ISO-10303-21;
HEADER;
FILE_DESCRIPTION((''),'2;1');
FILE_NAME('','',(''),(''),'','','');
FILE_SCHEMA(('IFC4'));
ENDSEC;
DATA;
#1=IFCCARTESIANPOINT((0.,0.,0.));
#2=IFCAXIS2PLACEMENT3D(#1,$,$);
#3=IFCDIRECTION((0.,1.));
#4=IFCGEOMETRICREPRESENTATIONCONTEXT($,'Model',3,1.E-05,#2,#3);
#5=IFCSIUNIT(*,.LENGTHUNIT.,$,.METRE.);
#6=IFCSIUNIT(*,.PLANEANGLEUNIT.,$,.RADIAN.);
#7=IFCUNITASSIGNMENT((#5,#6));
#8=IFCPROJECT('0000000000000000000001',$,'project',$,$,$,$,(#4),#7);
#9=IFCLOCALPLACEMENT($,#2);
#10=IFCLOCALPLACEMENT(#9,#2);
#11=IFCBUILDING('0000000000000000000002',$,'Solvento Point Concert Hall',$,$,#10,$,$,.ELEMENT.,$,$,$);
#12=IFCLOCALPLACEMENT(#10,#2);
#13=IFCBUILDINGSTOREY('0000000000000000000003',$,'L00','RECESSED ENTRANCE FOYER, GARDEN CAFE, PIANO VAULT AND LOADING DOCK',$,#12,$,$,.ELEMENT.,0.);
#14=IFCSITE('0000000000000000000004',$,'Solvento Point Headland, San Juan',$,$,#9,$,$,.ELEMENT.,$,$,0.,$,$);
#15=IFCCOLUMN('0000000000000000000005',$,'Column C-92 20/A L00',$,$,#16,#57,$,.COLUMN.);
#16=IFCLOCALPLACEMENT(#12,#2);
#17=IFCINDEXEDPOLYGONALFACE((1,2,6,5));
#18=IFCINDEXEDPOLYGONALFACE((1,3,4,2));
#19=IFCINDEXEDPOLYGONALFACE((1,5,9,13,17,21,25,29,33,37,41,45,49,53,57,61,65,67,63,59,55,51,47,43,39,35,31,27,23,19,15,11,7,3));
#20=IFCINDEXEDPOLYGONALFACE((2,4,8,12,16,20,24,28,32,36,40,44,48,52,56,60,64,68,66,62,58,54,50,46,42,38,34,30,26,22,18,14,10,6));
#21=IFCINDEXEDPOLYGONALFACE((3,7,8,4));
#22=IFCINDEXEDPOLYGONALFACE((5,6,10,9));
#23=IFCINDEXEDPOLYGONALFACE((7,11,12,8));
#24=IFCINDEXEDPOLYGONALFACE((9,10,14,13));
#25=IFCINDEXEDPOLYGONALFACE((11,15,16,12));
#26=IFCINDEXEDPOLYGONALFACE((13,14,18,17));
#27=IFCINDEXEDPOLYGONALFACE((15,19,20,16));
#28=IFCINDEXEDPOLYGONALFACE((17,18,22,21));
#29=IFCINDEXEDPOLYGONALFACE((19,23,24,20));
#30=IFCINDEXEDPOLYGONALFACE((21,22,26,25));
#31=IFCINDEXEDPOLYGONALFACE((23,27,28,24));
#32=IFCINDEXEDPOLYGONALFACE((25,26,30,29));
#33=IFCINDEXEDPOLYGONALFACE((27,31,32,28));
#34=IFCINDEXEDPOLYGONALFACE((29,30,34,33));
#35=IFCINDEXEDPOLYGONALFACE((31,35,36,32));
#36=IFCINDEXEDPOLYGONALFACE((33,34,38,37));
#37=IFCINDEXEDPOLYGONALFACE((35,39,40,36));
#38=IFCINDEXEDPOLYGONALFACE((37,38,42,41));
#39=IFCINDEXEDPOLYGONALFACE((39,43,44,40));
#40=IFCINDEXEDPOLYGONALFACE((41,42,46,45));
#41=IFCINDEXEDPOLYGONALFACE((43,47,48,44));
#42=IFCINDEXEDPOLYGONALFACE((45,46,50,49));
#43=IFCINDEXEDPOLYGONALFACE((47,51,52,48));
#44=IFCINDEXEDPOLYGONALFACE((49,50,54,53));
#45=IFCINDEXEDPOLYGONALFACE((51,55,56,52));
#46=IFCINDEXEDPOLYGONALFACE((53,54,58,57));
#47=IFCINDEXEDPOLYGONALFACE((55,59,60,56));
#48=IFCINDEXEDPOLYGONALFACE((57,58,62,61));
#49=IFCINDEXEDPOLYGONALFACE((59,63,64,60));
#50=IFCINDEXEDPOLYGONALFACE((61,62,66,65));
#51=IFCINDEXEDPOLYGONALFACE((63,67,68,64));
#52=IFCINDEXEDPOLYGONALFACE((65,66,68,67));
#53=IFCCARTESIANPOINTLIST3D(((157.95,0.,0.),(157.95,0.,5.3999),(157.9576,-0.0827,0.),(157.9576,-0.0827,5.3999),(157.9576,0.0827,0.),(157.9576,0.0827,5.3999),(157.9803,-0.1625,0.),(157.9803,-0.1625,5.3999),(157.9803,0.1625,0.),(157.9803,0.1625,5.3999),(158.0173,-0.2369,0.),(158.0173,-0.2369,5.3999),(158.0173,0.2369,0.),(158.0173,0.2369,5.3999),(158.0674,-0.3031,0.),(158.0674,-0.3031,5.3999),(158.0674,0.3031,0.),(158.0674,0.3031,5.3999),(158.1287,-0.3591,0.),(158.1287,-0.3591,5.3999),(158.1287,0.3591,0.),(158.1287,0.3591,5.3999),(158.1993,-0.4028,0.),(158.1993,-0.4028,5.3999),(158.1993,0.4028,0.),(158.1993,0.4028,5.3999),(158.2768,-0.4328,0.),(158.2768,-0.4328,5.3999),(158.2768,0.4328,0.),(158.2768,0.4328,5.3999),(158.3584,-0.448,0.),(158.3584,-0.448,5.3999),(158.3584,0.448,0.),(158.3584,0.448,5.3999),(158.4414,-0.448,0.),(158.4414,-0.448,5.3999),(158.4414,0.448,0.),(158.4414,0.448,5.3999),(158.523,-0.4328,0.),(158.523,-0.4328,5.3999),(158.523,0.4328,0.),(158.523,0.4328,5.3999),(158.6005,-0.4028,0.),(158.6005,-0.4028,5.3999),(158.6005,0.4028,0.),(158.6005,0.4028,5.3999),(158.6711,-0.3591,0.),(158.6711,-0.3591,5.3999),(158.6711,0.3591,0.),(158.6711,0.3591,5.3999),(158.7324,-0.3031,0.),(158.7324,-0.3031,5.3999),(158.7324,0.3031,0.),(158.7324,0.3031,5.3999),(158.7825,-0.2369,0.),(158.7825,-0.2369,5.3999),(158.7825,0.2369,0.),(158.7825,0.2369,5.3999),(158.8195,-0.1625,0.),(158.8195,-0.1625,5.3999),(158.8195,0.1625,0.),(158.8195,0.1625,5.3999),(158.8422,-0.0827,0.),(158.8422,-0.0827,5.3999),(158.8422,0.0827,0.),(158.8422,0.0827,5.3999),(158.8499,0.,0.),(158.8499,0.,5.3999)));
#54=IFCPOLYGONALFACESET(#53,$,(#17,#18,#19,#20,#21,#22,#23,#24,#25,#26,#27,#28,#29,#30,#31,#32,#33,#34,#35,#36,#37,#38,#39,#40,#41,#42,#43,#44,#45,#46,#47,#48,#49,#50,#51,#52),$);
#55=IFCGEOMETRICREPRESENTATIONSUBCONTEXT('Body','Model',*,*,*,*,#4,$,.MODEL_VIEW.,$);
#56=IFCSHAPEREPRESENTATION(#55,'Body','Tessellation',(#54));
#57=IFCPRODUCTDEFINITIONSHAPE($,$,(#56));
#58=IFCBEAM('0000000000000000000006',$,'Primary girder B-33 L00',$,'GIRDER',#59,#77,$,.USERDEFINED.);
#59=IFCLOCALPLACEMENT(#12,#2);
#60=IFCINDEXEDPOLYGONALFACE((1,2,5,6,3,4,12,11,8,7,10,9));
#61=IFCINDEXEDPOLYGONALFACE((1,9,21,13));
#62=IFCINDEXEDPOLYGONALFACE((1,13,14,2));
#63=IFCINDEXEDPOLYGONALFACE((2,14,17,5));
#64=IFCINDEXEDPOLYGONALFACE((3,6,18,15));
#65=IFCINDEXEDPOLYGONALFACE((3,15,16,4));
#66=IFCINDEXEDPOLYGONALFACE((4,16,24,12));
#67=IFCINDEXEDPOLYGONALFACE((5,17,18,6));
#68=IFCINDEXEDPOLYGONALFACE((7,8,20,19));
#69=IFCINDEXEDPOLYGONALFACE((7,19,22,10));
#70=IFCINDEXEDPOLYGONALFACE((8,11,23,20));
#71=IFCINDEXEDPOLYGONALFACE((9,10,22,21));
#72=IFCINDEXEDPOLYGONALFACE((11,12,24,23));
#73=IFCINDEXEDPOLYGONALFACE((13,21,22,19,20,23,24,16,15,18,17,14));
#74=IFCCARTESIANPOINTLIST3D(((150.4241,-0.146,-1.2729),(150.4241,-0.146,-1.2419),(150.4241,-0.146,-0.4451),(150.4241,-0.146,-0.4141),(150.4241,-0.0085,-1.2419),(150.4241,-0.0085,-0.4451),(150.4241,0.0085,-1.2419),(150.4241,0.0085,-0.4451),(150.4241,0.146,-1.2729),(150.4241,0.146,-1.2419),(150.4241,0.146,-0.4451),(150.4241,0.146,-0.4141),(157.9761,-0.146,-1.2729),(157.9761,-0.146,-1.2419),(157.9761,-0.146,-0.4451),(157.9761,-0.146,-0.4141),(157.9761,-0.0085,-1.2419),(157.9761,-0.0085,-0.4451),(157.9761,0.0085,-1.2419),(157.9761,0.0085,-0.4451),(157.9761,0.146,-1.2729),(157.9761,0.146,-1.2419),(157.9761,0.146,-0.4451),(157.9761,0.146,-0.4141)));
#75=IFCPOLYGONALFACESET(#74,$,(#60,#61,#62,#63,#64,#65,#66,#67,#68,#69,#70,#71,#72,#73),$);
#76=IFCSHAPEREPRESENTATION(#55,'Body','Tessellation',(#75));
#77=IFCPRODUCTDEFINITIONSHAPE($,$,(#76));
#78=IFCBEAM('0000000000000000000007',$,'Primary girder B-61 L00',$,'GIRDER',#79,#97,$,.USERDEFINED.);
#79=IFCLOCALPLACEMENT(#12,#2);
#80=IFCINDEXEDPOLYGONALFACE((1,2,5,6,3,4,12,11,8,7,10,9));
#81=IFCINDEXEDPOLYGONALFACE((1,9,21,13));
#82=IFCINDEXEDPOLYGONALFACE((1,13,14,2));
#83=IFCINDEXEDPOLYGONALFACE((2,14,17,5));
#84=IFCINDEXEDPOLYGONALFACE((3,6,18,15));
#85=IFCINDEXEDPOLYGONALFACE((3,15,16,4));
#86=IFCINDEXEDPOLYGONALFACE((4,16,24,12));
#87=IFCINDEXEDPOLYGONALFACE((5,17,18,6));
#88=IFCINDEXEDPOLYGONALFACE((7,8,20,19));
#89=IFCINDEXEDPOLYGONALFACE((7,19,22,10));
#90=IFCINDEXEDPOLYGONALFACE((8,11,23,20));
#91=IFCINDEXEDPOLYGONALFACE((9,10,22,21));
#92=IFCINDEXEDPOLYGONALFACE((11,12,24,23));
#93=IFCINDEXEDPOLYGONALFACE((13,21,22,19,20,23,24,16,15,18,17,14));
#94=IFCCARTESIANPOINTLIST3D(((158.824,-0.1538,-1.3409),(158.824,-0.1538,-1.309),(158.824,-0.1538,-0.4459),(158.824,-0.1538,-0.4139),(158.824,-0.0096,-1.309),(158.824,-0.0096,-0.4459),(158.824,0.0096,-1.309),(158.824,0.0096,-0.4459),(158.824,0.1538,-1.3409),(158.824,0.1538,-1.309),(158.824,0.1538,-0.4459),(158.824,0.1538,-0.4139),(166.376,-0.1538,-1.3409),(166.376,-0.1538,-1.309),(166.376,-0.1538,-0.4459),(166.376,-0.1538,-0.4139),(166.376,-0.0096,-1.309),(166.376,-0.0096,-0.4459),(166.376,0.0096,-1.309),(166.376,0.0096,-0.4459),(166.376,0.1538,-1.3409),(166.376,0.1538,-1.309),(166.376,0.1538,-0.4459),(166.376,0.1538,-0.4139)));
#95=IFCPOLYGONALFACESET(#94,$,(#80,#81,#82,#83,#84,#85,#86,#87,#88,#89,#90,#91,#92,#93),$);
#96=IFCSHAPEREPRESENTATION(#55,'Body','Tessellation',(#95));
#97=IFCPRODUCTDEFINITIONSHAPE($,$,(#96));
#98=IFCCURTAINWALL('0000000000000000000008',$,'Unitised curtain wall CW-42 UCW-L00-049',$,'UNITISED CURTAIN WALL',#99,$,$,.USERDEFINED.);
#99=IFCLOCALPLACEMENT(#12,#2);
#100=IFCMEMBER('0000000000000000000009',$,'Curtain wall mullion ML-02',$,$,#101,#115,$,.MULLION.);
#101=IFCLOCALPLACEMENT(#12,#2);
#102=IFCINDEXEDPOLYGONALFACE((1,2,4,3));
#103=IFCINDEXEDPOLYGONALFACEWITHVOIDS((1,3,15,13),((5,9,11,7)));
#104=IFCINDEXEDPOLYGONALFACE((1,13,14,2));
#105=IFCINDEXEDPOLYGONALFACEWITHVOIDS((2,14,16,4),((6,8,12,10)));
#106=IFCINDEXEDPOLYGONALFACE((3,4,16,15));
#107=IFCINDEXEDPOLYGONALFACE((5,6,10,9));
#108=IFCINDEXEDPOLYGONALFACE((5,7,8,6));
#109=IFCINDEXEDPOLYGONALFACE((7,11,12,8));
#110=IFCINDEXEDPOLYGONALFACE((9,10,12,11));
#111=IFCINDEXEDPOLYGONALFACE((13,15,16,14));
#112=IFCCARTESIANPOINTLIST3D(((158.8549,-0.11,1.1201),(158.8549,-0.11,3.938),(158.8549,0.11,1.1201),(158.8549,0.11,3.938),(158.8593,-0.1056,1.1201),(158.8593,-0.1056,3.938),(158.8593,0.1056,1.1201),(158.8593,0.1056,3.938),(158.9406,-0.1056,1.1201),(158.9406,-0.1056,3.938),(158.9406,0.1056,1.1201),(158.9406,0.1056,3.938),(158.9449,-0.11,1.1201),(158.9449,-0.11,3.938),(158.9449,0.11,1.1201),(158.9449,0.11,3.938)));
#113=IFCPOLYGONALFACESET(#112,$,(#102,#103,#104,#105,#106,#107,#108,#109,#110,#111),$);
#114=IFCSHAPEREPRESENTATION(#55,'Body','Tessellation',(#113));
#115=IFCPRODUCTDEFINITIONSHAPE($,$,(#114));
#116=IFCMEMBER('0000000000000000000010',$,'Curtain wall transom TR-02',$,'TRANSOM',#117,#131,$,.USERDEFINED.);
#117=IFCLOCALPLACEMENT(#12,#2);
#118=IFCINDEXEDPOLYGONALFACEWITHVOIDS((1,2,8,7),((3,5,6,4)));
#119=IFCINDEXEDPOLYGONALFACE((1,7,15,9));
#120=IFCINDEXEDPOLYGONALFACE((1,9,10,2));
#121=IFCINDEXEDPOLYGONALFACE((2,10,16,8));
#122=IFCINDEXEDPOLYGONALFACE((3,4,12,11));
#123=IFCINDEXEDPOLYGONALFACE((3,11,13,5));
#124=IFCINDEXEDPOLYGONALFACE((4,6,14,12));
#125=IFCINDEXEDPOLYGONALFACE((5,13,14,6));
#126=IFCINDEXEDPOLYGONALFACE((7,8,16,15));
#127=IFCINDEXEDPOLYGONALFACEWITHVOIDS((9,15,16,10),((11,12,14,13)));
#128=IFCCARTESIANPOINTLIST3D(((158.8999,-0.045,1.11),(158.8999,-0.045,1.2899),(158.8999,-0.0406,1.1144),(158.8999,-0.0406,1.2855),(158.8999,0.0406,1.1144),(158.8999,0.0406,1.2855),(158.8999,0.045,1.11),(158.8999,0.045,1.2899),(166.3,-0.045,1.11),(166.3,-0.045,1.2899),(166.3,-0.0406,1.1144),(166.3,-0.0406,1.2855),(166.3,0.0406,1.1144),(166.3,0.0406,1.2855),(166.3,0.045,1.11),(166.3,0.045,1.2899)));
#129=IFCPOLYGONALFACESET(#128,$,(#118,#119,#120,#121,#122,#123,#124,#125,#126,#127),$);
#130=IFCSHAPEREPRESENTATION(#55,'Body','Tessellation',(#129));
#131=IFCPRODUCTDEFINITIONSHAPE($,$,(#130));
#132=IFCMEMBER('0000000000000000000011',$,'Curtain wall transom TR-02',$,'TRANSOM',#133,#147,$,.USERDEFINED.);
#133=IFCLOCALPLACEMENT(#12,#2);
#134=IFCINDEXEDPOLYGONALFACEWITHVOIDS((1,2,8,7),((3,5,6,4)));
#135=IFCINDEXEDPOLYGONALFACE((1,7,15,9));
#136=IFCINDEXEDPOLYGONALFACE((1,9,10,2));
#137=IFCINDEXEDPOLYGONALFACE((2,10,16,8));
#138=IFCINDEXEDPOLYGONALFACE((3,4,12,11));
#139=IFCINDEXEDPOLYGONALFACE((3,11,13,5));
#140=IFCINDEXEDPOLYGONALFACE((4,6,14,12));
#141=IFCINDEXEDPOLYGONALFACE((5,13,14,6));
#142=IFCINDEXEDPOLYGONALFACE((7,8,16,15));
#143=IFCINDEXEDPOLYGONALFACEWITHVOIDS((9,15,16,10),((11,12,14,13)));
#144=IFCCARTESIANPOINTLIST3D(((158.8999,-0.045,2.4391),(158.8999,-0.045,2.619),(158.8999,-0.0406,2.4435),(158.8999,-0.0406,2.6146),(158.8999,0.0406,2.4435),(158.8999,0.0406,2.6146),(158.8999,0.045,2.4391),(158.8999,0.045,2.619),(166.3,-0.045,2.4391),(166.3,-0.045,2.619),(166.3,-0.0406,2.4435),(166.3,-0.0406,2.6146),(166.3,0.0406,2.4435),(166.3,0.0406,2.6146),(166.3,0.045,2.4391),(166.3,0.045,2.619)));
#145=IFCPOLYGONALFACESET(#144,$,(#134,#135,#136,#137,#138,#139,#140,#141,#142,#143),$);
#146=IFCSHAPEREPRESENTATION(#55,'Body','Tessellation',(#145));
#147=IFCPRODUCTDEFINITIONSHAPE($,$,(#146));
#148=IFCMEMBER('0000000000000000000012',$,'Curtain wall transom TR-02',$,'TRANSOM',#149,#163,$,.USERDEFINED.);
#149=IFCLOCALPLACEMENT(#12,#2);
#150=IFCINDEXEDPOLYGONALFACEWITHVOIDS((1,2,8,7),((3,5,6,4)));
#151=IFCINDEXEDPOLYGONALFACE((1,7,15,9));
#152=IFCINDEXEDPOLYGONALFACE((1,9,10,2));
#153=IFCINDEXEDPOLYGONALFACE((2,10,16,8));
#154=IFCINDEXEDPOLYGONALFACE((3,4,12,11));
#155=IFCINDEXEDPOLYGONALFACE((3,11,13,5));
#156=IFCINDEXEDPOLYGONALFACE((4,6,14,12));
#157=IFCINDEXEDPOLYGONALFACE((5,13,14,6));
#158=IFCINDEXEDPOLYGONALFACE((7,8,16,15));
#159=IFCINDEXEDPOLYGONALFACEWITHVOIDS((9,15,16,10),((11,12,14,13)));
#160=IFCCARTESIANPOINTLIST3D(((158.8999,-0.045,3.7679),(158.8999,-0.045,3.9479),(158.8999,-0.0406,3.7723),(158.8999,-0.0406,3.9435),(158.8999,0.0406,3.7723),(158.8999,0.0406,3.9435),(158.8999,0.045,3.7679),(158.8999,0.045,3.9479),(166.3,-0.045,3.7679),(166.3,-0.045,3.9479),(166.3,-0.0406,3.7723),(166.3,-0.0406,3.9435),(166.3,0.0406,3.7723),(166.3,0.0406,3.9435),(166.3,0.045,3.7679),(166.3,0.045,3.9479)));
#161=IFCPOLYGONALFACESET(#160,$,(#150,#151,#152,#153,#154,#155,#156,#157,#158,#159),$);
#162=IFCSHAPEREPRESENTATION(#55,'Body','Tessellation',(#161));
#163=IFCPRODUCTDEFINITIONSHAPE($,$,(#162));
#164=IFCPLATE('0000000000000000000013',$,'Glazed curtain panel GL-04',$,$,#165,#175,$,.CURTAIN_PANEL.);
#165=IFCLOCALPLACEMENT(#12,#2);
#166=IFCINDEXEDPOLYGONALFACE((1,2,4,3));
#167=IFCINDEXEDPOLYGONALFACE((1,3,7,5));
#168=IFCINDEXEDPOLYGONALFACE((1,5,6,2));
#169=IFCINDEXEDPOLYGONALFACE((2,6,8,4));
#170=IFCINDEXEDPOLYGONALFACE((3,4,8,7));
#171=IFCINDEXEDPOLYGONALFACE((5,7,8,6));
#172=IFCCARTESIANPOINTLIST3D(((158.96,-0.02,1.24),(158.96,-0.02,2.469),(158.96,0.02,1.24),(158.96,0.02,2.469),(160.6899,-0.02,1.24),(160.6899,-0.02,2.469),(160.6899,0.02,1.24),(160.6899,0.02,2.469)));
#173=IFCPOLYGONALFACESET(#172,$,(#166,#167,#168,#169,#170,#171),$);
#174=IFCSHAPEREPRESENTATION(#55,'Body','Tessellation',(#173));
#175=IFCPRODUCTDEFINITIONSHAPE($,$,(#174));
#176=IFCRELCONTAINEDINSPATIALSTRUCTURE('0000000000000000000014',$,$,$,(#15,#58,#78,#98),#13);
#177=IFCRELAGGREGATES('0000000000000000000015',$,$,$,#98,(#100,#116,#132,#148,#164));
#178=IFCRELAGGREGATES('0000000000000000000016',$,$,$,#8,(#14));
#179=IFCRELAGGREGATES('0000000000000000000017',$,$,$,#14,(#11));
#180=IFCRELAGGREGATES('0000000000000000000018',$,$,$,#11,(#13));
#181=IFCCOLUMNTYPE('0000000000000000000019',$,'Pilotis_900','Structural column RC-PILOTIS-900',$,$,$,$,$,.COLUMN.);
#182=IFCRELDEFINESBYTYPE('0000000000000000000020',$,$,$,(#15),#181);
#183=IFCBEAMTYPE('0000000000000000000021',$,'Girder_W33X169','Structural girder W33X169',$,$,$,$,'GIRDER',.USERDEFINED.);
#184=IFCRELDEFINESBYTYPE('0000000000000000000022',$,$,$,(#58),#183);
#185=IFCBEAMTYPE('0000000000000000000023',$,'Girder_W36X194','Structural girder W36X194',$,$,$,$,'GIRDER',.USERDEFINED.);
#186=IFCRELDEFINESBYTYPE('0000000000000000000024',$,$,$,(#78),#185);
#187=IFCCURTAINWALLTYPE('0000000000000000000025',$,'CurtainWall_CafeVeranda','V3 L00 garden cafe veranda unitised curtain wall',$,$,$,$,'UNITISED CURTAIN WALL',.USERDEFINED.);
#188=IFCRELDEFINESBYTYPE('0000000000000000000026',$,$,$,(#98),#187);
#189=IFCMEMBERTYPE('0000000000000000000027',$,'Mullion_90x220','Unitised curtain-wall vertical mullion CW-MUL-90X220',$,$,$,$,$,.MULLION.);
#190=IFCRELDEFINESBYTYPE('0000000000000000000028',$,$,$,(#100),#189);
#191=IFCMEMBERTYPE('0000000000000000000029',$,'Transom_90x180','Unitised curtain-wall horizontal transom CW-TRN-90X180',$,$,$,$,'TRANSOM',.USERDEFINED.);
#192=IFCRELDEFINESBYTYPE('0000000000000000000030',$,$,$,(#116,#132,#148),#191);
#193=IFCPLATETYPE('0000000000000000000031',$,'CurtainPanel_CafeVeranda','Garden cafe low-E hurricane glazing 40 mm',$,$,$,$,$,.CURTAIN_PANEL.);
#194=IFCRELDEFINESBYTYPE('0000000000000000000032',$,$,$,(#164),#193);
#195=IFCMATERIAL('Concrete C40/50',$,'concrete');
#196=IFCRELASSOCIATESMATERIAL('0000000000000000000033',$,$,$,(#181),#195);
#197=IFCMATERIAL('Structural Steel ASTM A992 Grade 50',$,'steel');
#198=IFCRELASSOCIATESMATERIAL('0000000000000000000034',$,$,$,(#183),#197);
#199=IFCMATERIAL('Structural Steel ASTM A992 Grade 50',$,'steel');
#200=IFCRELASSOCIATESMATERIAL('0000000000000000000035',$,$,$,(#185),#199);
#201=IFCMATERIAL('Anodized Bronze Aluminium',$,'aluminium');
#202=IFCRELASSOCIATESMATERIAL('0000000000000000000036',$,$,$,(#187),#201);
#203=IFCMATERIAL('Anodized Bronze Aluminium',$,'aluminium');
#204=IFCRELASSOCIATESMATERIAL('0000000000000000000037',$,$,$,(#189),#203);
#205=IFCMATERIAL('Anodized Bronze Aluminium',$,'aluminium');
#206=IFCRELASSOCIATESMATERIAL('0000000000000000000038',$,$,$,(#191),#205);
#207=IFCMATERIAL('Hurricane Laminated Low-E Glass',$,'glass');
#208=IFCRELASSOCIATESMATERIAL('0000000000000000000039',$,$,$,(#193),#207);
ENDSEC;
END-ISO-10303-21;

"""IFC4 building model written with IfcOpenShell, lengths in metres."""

from ifc_helpers import new_model, si_unit, direction, frame, origin, origin_2d, place, context, subcontext, project, spatial, rectangle, hollow_rectangle, circle, i_section, extrude, material, material_profile, profile_set, type_object, element, aggregate, save


model = new_model("IFC4")

# Units and contexts
model_context = context("Model", 3, precision=1e-05, world=origin(), true_north=direction((0.0, 1.0)))
body_context = subcontext(model_context, "Body", "Model", "MODEL_VIEW")
ifc_project = project(units=[si_unit("LENGTHUNIT", "METRE"), si_unit("PLANEANGLEUNIT", "RADIAN")], contexts=[model_context])

# Site, building, storey
site_placement = place(None, origin())
site = spatial("IfcSite", under=ifc_project, at=site_placement, Name="Solvento Point Headland, San Juan", CompositionType="ELEMENT", RefElevation=0.0)
building_placement = place(site_placement, origin())
building = spatial("IfcBuilding", under=site, at=building_placement, Name="Solvento Point Concert Hall", CompositionType="ELEMENT")
storey_placement = place(building_placement, origin())
storey = spatial("IfcBuildingStorey", under=building, at=storey_placement, Name="L00", Description="RECESSED ENTRANCE FOYER, GARDEN CAFE, PIANO VAULT AND LOADING DOCK", CompositionType="ELEMENT", Elevation=0.0)

# Column
ifc_material_1 = material(Name="Concrete C40/50", Category="concrete")
ifc_material_profile_1 = material_profile(ifc_material_1, circle(Radius=0.45, at=origin_2d()), Name="RC-PILOTIS-900")
ifc_profile_set_1 = profile_set([ifc_material_profile_1], Name="Concrete C40/50")
column_type = type_object("IfcColumnType", Name="Pilotis_900", Description="Structural column RC-PILOTIS-900", PredefinedType="COLUMN", material=ifc_profile_set_1)
column_placement = place(storey_placement, frame((158.3999, 0.0, 0.0), z_axis=(0.0, 0.0, 1.0), x_axis=(1.0, 0.0, 0.0)))
element("IfcColumn", 1, at=column_placement, inside=storey, type_object=column_type, Name="Column C-92 20/A L00", PredefinedType="COLUMN", context=body_context, shape_type="SweptSolid", body=[
    extrude(circle(Radius=0.45, at=origin_2d()), origin(), (0.0, 0.0, 1.0), 5.3999),
])

# Beams
ifc_material_2 = material(Name="Structural Steel ASTM A992 Grade 50", Category="steel")
ifc_material_profile_2 = material_profile(ifc_material_2, i_section(OverallWidth=0.292, OverallDepth=0.8589, WebThickness=0.0171, FlangeThickness=0.031, at=origin_2d()), Name="W33X169")
ifc_profile_set_2 = profile_set([ifc_material_profile_2], Name="Structural Steel ASTM A992 Grade 50")
beam_type_1 = type_object("IfcBeamType", Name="Girder_W33X169", Description="Structural girder W33X169", ElementType="GIRDER", PredefinedType="USERDEFINED", material=ifc_profile_set_2)
beam_1_placement = place(storey_placement, frame((150.4241, 0.0, -0.8435), z_axis=(1.0, 0.0, 0.0), x_axis=(0.0, 1.0, 0.0)))
element("IfcBeam", 2, at=beam_1_placement, inside=storey, type_object=beam_type_1, Name="Primary girder B-33 L00", ObjectType="GIRDER", PredefinedType="USERDEFINED", context=body_context, shape_type="SweptSolid", body=[
    extrude(i_section(OverallWidth=0.292, OverallDepth=0.8589, WebThickness=0.0171, FlangeThickness=0.031, at=origin_2d()), origin(), (0.0, 0.0, 1.0), 7.552),
])
ifc_material_3 = material(Name="Structural Steel ASTM A992 Grade 50", Category="steel")
ifc_material_profile_3 = material_profile(ifc_material_3, i_section(OverallWidth=0.3076, OverallDepth=0.927, WebThickness=0.0193, FlangeThickness=0.032, at=origin_2d()), Name="W36X194")
ifc_profile_set_3 = profile_set([ifc_material_profile_3], Name="Structural Steel ASTM A992 Grade 50")
beam_type_2 = type_object("IfcBeamType", Name="Girder_W36X194", Description="Structural girder W36X194", ElementType="GIRDER", PredefinedType="USERDEFINED", material=ifc_profile_set_3)
beam_2_placement = place(storey_placement, frame((158.824, 0.0, -0.8774), z_axis=(1.0, 0.0, 0.0), x_axis=(0.0, 1.0, 0.0)))
element("IfcBeam", 3, at=beam_2_placement, inside=storey, type_object=beam_type_2, Name="Primary girder B-61 L00", ObjectType="GIRDER", PredefinedType="USERDEFINED", context=body_context, shape_type="SweptSolid", body=[
    extrude(i_section(OverallWidth=0.3076, OverallDepth=0.927, WebThickness=0.0193, FlangeThickness=0.032, at=origin_2d()), origin(), (0.0, 0.0, 1.0), 7.552),
])

# Curtain wall, members, plate
ifc_material_4 = material(Name="Anodized Bronze Aluminium", Category="aluminium")
curtain_wall_type = type_object("IfcCurtainWallType", Name="CurtainWall_CafeVeranda", Description="V3 L00 garden cafe veranda unitised curtain wall", ElementType="UNITISED CURTAIN WALL", PredefinedType="USERDEFINED", material=ifc_material_4)
curtain_wall_placement = place(storey_placement, origin())
curtain_wall = element("IfcCurtainWall", 4, at=curtain_wall_placement, inside=storey, type_object=curtain_wall_type, Name="Unitised curtain wall CW-42 UCW-L00-049", ObjectType="UNITISED CURTAIN WALL", PredefinedType="USERDEFINED")
ifc_material_5 = material(Name="Anodized Bronze Aluminium", Category="aluminium")
ifc_material_profile_4 = material_profile(ifc_material_5, hollow_rectangle(XDim=0.0901, YDim=0.22, WallThickness=0.0044, at=origin_2d()), Name="CW-MUL-90X220")
ifc_profile_set_4 = profile_set([ifc_material_profile_4], Name="Anodized Bronze Aluminium")
member_type_1 = type_object("IfcMemberType", Name="Mullion_90x220", Description="Unitised curtain-wall vertical mullion CW-MUL-90X220", PredefinedType="MULLION", material=ifc_profile_set_4)
member_1_placement = place(storey_placement, frame((158.8999, 0.0, 1.1201), z_axis=(0.0, 0.0, 1.0), x_axis=(1.0, 0.0, 0.0)))
member_1 = element("IfcMember", 5, at=member_1_placement, type_object=member_type_1, Name="Curtain wall mullion ML-02", PredefinedType="MULLION", context=body_context, shape_type="SweptSolid", body=[
    extrude(hollow_rectangle(XDim=0.0901, YDim=0.22, WallThickness=0.0044, at=origin_2d()), origin(), (0.0, 0.0, 1.0), 2.8179),
])
ifc_material_6 = material(Name="Anodized Bronze Aluminium", Category="aluminium")
ifc_material_profile_5 = material_profile(ifc_material_6, hollow_rectangle(XDim=0.0901, YDim=0.1799, WallThickness=0.0044, at=origin_2d()), Name="CW-TRN-90X180")
ifc_profile_set_5 = profile_set([ifc_material_profile_5], Name="Anodized Bronze Aluminium")
member_type_2 = type_object("IfcMemberType", Name="Transom_90x180", Description="Unitised curtain-wall horizontal transom CW-TRN-90X180", ElementType="TRANSOM", PredefinedType="USERDEFINED", material=ifc_profile_set_5)
member_2_placement = place(storey_placement, frame((158.8999, 0.0, 1.2), z_axis=(1.0, 0.0, 0.0), x_axis=(0.0, 1.0, 0.0)))
member_2 = element("IfcMember", 6, at=member_2_placement, type_object=member_type_2, Name="Curtain wall transom TR-02", ObjectType="TRANSOM", PredefinedType="USERDEFINED", context=body_context, shape_type="SweptSolid", body=[
    extrude(hollow_rectangle(XDim=0.0901, YDim=0.1799, WallThickness=0.0044, at=origin_2d()), origin(), (0.0, 0.0, 1.0), 7.4001),
])
member_3_placement = place(storey_placement, frame((158.8999, 0.0, 2.5291), z_axis=(1.0, 0.0, 0.0), x_axis=(0.0, 1.0, 0.0)))
member_3 = element("IfcMember", 7, at=member_3_placement, type_object=member_type_2, Name="Curtain wall transom TR-02", ObjectType="TRANSOM", PredefinedType="USERDEFINED", context=body_context, shape_type="SweptSolid", body=[
    extrude(hollow_rectangle(XDim=0.0901, YDim=0.1799, WallThickness=0.0044, at=origin_2d()), origin(), (0.0, 0.0, 1.0), 7.4001),
])
member_4_placement = place(storey_placement, frame((158.8999, 0.0, 3.8579), z_axis=(1.0, 0.0, 0.0), x_axis=(0.0, 1.0, 0.0)))
member_4 = element("IfcMember", 8, at=member_4_placement, type_object=member_type_2, Name="Curtain wall transom TR-02", ObjectType="TRANSOM", PredefinedType="USERDEFINED", context=body_context, shape_type="SweptSolid", body=[
    extrude(hollow_rectangle(XDim=0.0901, YDim=0.1799, WallThickness=0.0044, at=origin_2d()), origin(), (0.0, 0.0, 1.0), 7.4001),
])
ifc_material_7 = material(Name="Hurricane Laminated Low-E Glass", Category="glass")
plate_type = type_object("IfcPlateType", Name="CurtainPanel_CafeVeranda", Description="Garden cafe low-E hurricane glazing 40 mm", PredefinedType="CURTAIN_PANEL", material=ifc_material_7)
plate_placement = place(storey_placement, frame((159.825, 0.0, 1.24), z_axis=(0.0, 0.0, 1.0), x_axis=(1.0, 0.0, 0.0)))
plate = element("IfcPlate", 9, at=plate_placement, type_object=plate_type, Name="Glazed curtain panel GL-04", PredefinedType="CURTAIN_PANEL", context=body_context, shape_type="SweptSolid", body=[
    extrude(rectangle(XDim=1.73, YDim=0.04, at=origin_2d()), origin(), (0.0, 0.0, 1.0), 1.229),
])
aggregate(curtain_wall, [member_1, member_2, member_3, member_4, plate])

save(model, "model.ifc")
